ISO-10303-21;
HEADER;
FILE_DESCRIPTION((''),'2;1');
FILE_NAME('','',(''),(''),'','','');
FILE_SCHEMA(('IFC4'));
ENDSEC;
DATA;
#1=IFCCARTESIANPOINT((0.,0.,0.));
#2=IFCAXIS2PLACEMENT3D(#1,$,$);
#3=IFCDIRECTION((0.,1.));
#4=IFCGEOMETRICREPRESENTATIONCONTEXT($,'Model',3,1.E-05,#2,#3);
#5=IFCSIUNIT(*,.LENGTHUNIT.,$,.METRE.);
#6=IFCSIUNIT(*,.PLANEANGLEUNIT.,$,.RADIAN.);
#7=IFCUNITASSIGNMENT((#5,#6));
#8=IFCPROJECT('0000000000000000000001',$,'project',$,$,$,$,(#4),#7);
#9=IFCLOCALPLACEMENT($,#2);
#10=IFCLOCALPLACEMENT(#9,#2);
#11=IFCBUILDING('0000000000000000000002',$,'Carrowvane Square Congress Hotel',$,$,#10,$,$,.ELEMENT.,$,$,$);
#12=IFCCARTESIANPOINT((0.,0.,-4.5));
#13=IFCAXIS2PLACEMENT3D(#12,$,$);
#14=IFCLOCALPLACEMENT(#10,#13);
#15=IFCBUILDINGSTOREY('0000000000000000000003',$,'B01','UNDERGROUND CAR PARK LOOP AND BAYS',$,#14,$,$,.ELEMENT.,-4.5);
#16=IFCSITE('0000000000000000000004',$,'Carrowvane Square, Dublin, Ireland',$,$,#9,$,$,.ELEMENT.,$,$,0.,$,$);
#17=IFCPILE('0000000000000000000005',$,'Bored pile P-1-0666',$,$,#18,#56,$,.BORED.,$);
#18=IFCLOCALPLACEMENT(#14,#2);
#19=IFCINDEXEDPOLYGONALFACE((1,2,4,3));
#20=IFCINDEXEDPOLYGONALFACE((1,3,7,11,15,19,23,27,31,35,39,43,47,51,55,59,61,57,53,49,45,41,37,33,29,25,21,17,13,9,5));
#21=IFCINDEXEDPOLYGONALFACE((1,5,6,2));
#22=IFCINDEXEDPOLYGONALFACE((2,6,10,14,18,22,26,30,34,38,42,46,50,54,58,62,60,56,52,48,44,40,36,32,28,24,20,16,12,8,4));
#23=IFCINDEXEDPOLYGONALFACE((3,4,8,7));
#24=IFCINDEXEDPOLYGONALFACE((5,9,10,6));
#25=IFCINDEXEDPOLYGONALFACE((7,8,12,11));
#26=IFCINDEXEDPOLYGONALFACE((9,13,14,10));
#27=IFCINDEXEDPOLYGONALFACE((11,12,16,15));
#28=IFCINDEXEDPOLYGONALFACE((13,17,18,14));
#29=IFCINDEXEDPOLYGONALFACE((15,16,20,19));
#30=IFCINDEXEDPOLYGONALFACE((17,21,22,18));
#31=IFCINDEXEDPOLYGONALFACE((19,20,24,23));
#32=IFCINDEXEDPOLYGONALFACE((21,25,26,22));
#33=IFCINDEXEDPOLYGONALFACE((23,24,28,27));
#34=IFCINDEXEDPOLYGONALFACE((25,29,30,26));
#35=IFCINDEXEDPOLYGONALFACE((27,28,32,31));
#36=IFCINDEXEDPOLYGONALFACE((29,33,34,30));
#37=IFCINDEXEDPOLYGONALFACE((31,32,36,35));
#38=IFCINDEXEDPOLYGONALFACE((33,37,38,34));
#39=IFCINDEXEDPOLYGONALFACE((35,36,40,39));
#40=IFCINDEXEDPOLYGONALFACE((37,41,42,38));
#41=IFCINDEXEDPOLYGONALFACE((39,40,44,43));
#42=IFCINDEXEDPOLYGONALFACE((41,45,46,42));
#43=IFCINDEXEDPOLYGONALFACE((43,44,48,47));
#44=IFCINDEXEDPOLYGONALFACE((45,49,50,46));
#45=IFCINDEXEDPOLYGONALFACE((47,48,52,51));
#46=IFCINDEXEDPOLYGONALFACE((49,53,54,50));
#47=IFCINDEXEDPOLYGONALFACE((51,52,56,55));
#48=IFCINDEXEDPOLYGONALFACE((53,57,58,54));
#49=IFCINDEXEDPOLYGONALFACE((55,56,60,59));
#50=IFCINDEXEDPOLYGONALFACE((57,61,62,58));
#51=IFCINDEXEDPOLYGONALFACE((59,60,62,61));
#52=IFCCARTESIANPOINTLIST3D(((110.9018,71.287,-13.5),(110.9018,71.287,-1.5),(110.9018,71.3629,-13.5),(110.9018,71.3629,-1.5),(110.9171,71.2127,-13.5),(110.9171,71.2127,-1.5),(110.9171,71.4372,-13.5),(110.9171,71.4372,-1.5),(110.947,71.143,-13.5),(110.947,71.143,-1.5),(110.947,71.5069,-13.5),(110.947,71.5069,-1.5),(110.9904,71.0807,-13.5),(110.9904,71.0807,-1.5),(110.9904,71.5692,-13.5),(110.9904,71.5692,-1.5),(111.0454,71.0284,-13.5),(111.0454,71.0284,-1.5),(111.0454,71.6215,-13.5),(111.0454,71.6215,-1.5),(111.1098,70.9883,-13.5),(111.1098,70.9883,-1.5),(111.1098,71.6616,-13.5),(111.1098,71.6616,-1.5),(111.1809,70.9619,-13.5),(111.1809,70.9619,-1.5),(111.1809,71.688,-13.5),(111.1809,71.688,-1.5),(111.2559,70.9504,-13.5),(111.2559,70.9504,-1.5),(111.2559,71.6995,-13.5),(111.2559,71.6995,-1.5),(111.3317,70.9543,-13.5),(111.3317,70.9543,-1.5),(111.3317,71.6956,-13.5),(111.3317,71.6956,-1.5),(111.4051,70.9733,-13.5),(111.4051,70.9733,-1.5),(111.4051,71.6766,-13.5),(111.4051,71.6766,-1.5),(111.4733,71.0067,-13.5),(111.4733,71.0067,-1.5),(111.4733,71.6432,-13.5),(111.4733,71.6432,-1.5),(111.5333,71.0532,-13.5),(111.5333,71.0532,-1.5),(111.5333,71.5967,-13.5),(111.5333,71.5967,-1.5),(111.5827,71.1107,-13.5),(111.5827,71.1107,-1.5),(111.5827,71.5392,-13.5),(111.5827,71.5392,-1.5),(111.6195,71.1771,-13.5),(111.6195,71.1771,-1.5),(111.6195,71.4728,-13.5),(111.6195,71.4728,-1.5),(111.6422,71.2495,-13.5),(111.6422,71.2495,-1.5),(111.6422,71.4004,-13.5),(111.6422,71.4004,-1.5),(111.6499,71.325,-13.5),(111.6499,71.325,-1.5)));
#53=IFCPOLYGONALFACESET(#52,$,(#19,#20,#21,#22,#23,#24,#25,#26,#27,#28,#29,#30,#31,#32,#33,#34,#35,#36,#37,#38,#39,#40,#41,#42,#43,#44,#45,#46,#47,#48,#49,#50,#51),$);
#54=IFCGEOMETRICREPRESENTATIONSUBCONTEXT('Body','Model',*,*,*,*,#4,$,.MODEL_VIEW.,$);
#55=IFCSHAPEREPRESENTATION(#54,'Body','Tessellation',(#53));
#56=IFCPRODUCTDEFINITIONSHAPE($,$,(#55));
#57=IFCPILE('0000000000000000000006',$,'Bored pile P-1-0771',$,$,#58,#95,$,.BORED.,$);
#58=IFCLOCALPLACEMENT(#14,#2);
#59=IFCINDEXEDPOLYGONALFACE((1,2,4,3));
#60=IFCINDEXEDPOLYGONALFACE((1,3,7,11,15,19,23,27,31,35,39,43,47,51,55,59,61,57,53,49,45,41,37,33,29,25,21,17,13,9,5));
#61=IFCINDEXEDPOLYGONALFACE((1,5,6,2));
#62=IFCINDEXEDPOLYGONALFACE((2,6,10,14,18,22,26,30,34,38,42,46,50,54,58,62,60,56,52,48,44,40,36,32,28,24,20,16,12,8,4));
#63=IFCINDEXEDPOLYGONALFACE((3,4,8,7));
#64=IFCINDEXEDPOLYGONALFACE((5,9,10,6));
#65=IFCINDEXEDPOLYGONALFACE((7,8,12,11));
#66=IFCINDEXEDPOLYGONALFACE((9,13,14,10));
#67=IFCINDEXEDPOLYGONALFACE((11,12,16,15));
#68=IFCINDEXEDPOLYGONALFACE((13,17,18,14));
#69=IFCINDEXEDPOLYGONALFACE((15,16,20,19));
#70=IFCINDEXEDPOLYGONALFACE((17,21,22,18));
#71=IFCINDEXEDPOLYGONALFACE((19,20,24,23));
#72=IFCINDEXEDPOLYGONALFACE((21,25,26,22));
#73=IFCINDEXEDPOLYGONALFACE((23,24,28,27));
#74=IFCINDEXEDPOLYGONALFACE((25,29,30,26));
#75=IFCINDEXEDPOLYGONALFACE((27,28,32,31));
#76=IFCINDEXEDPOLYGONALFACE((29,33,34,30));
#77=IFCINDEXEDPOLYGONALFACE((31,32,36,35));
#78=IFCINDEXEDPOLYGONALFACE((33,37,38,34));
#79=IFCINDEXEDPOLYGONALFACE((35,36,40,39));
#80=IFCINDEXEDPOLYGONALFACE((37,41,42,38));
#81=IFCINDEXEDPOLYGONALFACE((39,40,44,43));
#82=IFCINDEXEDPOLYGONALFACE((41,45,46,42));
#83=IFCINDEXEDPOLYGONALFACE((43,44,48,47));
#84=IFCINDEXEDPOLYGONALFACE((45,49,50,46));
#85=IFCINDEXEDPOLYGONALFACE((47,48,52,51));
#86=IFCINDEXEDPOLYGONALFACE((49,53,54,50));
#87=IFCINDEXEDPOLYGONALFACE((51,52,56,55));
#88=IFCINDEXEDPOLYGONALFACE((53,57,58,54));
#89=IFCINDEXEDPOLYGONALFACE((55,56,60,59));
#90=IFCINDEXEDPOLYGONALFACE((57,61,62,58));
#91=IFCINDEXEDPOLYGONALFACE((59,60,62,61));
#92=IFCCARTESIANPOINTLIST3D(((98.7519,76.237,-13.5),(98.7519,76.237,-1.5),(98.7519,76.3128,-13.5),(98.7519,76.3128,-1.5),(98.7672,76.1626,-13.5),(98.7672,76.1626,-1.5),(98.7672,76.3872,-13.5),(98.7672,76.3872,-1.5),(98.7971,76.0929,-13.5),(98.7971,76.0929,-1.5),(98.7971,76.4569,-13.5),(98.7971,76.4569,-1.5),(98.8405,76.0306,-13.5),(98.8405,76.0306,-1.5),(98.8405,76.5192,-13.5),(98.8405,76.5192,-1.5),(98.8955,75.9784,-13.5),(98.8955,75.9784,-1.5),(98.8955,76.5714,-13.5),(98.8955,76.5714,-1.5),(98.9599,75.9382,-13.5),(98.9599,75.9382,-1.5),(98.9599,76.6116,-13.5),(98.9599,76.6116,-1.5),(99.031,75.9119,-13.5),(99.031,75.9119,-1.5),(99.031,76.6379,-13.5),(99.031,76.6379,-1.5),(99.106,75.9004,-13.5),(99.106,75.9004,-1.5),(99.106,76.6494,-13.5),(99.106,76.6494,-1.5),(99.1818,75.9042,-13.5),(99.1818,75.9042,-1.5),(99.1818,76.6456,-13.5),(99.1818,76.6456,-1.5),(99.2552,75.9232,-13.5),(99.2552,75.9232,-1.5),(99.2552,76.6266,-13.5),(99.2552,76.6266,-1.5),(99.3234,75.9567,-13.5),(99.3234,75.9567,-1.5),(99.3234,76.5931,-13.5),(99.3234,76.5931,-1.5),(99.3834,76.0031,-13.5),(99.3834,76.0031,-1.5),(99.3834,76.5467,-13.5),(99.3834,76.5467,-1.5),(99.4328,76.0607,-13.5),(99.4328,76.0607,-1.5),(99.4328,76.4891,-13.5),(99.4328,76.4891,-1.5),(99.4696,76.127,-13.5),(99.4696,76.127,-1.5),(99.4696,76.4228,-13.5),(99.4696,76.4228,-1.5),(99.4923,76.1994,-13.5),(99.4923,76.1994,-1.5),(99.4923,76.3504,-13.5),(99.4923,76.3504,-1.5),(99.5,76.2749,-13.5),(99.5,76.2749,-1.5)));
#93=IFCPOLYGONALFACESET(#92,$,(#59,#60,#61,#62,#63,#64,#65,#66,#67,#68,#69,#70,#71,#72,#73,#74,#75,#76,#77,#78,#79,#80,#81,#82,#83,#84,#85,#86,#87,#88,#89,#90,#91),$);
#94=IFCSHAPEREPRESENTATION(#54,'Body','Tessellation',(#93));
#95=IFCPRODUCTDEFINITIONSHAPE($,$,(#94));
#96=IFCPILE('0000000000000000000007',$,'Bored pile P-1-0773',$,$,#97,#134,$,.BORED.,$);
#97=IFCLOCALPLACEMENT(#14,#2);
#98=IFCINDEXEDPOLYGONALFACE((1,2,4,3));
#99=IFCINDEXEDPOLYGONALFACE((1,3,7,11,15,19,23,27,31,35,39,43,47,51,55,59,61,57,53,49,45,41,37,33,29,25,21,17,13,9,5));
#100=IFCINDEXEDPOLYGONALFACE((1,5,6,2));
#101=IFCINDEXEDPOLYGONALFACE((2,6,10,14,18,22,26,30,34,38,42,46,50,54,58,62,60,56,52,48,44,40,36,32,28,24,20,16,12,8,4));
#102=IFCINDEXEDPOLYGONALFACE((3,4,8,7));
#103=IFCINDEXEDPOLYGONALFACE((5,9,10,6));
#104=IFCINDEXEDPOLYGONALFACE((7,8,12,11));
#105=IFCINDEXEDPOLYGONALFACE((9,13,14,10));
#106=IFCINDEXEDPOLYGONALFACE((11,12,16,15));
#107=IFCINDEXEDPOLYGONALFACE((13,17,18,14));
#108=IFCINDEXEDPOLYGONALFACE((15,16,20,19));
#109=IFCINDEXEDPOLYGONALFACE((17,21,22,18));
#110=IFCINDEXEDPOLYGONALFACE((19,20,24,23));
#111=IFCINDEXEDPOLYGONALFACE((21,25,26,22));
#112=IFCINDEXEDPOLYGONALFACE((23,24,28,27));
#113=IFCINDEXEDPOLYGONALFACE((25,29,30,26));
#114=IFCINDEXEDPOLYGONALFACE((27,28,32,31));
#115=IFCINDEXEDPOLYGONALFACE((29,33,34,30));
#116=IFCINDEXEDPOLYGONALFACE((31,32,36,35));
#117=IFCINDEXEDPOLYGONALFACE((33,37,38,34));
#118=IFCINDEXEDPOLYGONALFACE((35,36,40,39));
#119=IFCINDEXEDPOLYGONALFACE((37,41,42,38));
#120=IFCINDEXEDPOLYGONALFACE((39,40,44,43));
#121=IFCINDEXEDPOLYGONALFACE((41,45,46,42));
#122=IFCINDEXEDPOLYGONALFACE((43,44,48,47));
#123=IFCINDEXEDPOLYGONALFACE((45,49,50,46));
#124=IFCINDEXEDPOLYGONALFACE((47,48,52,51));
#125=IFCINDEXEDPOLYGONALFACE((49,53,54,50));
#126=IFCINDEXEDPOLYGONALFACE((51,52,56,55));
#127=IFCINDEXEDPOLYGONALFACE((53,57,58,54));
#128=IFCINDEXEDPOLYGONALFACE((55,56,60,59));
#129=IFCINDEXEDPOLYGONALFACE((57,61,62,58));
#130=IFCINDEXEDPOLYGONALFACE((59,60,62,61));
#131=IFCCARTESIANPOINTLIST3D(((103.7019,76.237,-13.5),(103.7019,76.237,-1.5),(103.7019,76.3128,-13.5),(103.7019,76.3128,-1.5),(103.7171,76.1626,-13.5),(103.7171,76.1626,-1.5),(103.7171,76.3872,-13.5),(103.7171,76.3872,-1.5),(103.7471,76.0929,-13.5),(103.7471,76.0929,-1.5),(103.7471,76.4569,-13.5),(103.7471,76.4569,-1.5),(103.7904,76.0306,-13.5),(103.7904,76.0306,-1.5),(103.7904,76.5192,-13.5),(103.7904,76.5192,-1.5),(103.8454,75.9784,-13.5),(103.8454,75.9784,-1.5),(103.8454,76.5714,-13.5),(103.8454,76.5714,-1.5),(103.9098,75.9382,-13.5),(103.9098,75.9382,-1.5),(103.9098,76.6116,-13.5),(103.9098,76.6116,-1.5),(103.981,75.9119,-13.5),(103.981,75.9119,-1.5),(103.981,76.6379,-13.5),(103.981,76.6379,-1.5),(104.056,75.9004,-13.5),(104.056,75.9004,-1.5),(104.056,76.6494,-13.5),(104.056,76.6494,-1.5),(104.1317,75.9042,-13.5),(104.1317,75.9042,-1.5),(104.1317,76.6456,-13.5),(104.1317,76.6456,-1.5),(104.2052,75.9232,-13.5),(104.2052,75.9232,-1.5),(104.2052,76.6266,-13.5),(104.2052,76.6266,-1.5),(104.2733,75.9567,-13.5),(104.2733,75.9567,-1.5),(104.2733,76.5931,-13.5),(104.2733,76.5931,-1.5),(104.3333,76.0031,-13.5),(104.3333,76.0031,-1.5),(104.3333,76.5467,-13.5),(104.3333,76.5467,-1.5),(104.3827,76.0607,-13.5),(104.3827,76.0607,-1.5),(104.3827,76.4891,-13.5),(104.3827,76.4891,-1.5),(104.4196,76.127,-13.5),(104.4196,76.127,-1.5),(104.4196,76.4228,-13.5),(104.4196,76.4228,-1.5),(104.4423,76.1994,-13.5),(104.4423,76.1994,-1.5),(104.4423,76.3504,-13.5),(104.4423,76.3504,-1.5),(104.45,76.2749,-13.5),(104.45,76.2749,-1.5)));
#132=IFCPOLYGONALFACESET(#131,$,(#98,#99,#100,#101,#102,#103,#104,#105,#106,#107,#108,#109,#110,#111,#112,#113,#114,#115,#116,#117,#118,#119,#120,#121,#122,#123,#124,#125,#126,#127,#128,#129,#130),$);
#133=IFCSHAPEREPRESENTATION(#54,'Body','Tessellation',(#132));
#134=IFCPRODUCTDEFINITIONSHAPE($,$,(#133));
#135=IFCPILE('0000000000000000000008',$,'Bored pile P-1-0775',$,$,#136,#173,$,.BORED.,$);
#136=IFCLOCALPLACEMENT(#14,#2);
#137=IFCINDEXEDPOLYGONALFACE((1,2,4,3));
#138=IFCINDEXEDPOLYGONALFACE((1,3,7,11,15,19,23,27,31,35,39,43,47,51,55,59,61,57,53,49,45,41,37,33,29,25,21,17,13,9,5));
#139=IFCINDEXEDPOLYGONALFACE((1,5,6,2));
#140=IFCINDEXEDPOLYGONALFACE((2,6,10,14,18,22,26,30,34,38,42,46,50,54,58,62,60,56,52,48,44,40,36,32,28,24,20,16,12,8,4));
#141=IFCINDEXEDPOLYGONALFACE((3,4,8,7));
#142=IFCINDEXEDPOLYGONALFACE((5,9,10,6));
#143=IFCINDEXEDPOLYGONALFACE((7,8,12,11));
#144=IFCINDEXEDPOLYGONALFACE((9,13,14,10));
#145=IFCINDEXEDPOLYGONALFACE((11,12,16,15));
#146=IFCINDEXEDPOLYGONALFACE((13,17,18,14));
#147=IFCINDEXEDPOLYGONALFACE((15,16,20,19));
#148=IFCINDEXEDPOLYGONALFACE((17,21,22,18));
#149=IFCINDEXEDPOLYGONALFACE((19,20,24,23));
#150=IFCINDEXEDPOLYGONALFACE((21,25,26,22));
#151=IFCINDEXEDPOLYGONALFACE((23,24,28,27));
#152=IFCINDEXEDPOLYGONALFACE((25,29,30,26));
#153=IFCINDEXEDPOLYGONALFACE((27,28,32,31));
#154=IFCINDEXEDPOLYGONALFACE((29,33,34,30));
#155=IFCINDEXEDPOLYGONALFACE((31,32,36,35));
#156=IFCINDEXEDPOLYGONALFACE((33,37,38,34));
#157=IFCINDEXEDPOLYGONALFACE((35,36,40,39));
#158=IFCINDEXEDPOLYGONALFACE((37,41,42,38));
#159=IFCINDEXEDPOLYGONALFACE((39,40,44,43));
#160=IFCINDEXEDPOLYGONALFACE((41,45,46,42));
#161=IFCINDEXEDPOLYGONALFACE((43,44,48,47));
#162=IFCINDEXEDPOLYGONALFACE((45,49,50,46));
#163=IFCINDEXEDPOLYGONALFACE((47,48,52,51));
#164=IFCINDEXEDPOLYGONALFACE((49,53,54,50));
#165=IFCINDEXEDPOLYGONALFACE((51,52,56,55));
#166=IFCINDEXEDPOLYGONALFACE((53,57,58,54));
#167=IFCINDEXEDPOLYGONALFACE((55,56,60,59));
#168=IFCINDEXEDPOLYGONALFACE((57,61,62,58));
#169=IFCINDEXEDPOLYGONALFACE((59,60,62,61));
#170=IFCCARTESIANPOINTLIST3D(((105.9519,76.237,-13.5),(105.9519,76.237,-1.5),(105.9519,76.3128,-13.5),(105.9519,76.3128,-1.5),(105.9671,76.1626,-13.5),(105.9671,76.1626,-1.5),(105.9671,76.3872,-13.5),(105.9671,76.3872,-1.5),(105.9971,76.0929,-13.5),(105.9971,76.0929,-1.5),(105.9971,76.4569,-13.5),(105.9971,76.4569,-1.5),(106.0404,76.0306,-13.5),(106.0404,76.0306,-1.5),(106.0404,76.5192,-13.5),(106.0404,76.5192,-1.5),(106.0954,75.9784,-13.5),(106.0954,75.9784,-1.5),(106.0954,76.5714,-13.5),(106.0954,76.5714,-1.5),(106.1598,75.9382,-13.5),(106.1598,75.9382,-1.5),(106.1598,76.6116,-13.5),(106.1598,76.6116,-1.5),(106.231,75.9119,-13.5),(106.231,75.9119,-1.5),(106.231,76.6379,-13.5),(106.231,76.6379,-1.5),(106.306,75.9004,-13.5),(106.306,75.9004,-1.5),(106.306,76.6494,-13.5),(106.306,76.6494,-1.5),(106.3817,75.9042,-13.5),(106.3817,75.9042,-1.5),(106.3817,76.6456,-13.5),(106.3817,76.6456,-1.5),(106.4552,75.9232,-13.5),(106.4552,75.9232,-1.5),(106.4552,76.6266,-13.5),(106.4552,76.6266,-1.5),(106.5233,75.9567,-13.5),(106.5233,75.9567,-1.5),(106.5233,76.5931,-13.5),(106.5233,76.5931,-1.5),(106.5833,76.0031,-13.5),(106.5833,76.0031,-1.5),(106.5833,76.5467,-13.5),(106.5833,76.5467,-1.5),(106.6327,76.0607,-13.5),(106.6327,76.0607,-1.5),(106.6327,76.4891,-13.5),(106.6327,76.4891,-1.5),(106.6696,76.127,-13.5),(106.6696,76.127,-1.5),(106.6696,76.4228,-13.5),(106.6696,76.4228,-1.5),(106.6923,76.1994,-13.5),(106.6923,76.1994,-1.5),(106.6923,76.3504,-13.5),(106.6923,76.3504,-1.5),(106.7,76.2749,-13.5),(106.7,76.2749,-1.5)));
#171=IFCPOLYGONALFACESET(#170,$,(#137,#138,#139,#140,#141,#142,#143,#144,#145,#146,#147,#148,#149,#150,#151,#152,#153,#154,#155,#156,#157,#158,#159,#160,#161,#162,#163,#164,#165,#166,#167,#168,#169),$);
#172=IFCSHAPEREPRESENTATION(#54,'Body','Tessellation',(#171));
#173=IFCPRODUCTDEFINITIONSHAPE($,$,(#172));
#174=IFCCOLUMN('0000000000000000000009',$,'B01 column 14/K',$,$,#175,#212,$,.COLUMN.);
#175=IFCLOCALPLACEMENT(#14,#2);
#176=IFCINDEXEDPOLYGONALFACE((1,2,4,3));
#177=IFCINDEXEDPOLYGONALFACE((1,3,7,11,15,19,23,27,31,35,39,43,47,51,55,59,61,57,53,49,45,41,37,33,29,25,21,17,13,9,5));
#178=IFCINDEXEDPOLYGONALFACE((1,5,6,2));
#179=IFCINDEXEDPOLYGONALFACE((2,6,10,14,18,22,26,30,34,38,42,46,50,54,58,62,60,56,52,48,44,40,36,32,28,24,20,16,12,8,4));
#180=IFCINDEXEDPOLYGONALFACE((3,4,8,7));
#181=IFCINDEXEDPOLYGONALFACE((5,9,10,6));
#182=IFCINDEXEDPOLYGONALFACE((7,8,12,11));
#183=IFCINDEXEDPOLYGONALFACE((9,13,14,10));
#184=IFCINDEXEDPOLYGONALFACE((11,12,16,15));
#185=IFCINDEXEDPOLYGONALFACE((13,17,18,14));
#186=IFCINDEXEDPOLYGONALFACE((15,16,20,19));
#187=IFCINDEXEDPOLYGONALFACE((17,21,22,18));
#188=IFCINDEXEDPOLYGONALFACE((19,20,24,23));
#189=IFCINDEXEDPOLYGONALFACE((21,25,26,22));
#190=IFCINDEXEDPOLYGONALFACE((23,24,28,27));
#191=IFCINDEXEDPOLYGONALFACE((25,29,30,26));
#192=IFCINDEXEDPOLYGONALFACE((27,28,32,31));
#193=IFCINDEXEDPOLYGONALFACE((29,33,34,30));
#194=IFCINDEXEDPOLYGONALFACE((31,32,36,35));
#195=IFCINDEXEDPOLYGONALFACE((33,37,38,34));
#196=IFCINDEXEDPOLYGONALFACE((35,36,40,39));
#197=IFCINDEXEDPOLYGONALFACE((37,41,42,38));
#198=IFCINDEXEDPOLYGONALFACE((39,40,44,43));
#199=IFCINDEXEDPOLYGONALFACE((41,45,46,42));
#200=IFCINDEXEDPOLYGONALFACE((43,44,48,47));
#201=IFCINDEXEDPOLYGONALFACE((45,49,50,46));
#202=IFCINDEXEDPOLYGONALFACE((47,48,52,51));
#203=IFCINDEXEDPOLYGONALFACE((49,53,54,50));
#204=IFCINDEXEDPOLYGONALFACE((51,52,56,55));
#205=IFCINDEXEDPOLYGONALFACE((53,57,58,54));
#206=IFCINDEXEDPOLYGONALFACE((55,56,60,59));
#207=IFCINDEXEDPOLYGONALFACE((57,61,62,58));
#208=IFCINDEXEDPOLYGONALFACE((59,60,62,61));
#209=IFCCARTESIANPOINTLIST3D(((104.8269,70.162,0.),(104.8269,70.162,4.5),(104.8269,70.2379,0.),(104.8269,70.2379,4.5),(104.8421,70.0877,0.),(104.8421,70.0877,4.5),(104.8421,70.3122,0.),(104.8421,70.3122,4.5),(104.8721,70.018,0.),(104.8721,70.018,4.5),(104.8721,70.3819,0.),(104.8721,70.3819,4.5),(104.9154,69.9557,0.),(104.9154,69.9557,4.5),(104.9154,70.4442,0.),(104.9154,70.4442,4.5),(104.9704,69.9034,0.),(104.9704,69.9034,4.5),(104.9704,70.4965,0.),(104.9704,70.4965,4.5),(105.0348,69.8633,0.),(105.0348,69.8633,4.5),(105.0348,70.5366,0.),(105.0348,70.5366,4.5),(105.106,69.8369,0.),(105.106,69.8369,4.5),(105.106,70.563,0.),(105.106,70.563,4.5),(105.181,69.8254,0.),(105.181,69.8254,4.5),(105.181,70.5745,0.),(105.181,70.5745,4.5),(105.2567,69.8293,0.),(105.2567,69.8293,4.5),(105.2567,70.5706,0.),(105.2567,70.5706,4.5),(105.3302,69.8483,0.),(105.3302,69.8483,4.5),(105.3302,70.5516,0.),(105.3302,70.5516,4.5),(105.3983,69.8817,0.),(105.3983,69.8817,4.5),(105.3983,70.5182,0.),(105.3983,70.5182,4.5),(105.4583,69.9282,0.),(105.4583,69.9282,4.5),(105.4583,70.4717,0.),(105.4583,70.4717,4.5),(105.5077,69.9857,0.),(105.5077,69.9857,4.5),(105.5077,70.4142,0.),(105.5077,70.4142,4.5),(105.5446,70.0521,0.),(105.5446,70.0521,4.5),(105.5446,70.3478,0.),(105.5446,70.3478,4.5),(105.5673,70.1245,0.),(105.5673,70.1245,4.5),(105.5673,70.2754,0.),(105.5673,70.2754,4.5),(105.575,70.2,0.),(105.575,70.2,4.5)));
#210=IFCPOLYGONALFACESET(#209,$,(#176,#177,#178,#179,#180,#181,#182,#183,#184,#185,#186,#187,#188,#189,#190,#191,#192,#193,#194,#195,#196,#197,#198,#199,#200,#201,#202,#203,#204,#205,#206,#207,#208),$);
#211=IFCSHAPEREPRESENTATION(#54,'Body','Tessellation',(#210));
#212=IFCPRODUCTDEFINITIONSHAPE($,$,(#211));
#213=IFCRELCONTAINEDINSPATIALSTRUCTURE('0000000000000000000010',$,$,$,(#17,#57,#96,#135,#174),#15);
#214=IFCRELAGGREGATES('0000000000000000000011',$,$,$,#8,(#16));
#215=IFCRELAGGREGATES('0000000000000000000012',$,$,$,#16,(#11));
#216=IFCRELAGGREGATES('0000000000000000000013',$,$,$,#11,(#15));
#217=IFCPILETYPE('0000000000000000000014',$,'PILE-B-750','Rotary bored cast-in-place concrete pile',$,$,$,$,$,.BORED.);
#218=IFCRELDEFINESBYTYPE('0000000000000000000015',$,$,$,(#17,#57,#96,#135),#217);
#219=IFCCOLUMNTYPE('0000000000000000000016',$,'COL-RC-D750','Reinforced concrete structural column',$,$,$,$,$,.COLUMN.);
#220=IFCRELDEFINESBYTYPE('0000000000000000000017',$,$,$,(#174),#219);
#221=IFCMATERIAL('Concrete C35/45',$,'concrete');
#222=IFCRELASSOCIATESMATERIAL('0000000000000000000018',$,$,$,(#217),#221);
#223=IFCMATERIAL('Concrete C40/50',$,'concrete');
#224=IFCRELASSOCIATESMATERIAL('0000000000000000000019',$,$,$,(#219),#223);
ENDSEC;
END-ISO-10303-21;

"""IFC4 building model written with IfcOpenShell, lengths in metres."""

from ifc_helpers import new_model, si_unit, direction, frame, origin, origin_2d, place, context, subcontext, project, spatial, circle, extrude, material, material_profile, profile_set, type_object, element, save


model = new_model("IFC4")

# Units and contexts
model_context = context("Model", 3, precision=1e-05, world=origin(), true_north=direction((0.0, 1.0)))
body_context = subcontext(model_context, "Body", "Model", "MODEL_VIEW")
ifc_project = project(units=[si_unit("LENGTHUNIT", "METRE"), si_unit("PLANEANGLEUNIT", "RADIAN")], contexts=[model_context])

# Site, building, storey
site_placement = place(None, origin())
site = spatial("IfcSite", under=ifc_project, at=site_placement, Name="Carrowvane Square, Dublin, Ireland", CompositionType="ELEMENT", RefElevation=0.0)
building_placement = place(site_placement, origin())
building = spatial("IfcBuilding", under=site, at=building_placement, Name="Carrowvane Square Congress Hotel", CompositionType="ELEMENT")
storey_placement = place(building_placement, frame((0.0, 0.0, -4.5)))
storey = spatial("IfcBuildingStorey", under=building, at=storey_placement, Name="B01", Description="UNDERGROUND CAR PARK LOOP AND BAYS", CompositionType="ELEMENT", Elevation=-4.5)

# Piles
ifc_material_1 = material(Name="Concrete C35/45", Category="concrete")
ifc_material_profile_1 = material_profile(ifc_material_1, circle(Radius=0.375, at=origin_2d()), Name="PILE D750")
ifc_profile_set_1 = profile_set([ifc_material_profile_1], Name="Concrete C35/45")
pile_type = type_object("IfcPileType", Name="PILE-B-750", Description="Rotary bored cast-in-place concrete pile", PredefinedType="BORED", material=ifc_profile_set_1)
for number, where, z_axis, x_axis, name in (
    (1, (111.2749, 71.325, -1.5), (0.0, 0.0, -1.0), (1.0, 0.0, 0.0), "Bored pile P-1-0666"),
    (2, (99.125, 76.2749, -1.5), (0.0, 0.0, -1.0), (1.0, 0.0, 0.0), "Bored pile P-1-0771"),
    (3, (104.075, 76.2749, -1.5), (0.0, 0.0, -1.0), (1.0, 0.0, 0.0), "Bored pile P-1-0773"),
    (4, (106.325, 76.2749, -1.5), (0.0, 0.0, -1.0), (1.0, 0.0, 0.0), "Bored pile P-1-0775"),
):
    element("IfcPile", number, at=place(storey_placement, frame(where, z_axis=z_axis, x_axis=x_axis)), inside=storey, type_object=pile_type, Name=name, PredefinedType="BORED", context=body_context, shape_type="SweptSolid", body=[
        extrude(circle(Radius=0.375, at=origin_2d()), origin(), (0.0, 0.0, 1.0), 12.0),
    ])

# Column
ifc_material_2 = material(Name="Concrete C40/50", Category="concrete")
ifc_material_profile_2 = material_profile(ifc_material_2, circle(Radius=0.375, at=origin_2d()), Name="RC D750")
ifc_profile_set_2 = profile_set([ifc_material_profile_2], Name="Concrete C40/50")
column_type = type_object("IfcColumnType", Name="COL-RC-D750", Description="Reinforced concrete structural column", PredefinedType="COLUMN", material=ifc_profile_set_2)
for number, where, z_axis, x_axis, name in (
    (5, (105.2, 70.2, 0.0), (0.0, 0.0, 1.0), (1.0, 0.0, 0.0), "B01 column 14/K"),
):
    element("IfcColumn", number, at=place(storey_placement, frame(where, z_axis=z_axis, x_axis=x_axis)), inside=storey, type_object=column_type, Name=name, PredefinedType="COLUMN", context=body_context, shape_type="SweptSolid", body=[
        extrude(circle(Radius=0.375, at=origin_2d()), origin(), (0.0, 0.0, 1.0), 4.5),
    ])

save(model, "model.ifc")
